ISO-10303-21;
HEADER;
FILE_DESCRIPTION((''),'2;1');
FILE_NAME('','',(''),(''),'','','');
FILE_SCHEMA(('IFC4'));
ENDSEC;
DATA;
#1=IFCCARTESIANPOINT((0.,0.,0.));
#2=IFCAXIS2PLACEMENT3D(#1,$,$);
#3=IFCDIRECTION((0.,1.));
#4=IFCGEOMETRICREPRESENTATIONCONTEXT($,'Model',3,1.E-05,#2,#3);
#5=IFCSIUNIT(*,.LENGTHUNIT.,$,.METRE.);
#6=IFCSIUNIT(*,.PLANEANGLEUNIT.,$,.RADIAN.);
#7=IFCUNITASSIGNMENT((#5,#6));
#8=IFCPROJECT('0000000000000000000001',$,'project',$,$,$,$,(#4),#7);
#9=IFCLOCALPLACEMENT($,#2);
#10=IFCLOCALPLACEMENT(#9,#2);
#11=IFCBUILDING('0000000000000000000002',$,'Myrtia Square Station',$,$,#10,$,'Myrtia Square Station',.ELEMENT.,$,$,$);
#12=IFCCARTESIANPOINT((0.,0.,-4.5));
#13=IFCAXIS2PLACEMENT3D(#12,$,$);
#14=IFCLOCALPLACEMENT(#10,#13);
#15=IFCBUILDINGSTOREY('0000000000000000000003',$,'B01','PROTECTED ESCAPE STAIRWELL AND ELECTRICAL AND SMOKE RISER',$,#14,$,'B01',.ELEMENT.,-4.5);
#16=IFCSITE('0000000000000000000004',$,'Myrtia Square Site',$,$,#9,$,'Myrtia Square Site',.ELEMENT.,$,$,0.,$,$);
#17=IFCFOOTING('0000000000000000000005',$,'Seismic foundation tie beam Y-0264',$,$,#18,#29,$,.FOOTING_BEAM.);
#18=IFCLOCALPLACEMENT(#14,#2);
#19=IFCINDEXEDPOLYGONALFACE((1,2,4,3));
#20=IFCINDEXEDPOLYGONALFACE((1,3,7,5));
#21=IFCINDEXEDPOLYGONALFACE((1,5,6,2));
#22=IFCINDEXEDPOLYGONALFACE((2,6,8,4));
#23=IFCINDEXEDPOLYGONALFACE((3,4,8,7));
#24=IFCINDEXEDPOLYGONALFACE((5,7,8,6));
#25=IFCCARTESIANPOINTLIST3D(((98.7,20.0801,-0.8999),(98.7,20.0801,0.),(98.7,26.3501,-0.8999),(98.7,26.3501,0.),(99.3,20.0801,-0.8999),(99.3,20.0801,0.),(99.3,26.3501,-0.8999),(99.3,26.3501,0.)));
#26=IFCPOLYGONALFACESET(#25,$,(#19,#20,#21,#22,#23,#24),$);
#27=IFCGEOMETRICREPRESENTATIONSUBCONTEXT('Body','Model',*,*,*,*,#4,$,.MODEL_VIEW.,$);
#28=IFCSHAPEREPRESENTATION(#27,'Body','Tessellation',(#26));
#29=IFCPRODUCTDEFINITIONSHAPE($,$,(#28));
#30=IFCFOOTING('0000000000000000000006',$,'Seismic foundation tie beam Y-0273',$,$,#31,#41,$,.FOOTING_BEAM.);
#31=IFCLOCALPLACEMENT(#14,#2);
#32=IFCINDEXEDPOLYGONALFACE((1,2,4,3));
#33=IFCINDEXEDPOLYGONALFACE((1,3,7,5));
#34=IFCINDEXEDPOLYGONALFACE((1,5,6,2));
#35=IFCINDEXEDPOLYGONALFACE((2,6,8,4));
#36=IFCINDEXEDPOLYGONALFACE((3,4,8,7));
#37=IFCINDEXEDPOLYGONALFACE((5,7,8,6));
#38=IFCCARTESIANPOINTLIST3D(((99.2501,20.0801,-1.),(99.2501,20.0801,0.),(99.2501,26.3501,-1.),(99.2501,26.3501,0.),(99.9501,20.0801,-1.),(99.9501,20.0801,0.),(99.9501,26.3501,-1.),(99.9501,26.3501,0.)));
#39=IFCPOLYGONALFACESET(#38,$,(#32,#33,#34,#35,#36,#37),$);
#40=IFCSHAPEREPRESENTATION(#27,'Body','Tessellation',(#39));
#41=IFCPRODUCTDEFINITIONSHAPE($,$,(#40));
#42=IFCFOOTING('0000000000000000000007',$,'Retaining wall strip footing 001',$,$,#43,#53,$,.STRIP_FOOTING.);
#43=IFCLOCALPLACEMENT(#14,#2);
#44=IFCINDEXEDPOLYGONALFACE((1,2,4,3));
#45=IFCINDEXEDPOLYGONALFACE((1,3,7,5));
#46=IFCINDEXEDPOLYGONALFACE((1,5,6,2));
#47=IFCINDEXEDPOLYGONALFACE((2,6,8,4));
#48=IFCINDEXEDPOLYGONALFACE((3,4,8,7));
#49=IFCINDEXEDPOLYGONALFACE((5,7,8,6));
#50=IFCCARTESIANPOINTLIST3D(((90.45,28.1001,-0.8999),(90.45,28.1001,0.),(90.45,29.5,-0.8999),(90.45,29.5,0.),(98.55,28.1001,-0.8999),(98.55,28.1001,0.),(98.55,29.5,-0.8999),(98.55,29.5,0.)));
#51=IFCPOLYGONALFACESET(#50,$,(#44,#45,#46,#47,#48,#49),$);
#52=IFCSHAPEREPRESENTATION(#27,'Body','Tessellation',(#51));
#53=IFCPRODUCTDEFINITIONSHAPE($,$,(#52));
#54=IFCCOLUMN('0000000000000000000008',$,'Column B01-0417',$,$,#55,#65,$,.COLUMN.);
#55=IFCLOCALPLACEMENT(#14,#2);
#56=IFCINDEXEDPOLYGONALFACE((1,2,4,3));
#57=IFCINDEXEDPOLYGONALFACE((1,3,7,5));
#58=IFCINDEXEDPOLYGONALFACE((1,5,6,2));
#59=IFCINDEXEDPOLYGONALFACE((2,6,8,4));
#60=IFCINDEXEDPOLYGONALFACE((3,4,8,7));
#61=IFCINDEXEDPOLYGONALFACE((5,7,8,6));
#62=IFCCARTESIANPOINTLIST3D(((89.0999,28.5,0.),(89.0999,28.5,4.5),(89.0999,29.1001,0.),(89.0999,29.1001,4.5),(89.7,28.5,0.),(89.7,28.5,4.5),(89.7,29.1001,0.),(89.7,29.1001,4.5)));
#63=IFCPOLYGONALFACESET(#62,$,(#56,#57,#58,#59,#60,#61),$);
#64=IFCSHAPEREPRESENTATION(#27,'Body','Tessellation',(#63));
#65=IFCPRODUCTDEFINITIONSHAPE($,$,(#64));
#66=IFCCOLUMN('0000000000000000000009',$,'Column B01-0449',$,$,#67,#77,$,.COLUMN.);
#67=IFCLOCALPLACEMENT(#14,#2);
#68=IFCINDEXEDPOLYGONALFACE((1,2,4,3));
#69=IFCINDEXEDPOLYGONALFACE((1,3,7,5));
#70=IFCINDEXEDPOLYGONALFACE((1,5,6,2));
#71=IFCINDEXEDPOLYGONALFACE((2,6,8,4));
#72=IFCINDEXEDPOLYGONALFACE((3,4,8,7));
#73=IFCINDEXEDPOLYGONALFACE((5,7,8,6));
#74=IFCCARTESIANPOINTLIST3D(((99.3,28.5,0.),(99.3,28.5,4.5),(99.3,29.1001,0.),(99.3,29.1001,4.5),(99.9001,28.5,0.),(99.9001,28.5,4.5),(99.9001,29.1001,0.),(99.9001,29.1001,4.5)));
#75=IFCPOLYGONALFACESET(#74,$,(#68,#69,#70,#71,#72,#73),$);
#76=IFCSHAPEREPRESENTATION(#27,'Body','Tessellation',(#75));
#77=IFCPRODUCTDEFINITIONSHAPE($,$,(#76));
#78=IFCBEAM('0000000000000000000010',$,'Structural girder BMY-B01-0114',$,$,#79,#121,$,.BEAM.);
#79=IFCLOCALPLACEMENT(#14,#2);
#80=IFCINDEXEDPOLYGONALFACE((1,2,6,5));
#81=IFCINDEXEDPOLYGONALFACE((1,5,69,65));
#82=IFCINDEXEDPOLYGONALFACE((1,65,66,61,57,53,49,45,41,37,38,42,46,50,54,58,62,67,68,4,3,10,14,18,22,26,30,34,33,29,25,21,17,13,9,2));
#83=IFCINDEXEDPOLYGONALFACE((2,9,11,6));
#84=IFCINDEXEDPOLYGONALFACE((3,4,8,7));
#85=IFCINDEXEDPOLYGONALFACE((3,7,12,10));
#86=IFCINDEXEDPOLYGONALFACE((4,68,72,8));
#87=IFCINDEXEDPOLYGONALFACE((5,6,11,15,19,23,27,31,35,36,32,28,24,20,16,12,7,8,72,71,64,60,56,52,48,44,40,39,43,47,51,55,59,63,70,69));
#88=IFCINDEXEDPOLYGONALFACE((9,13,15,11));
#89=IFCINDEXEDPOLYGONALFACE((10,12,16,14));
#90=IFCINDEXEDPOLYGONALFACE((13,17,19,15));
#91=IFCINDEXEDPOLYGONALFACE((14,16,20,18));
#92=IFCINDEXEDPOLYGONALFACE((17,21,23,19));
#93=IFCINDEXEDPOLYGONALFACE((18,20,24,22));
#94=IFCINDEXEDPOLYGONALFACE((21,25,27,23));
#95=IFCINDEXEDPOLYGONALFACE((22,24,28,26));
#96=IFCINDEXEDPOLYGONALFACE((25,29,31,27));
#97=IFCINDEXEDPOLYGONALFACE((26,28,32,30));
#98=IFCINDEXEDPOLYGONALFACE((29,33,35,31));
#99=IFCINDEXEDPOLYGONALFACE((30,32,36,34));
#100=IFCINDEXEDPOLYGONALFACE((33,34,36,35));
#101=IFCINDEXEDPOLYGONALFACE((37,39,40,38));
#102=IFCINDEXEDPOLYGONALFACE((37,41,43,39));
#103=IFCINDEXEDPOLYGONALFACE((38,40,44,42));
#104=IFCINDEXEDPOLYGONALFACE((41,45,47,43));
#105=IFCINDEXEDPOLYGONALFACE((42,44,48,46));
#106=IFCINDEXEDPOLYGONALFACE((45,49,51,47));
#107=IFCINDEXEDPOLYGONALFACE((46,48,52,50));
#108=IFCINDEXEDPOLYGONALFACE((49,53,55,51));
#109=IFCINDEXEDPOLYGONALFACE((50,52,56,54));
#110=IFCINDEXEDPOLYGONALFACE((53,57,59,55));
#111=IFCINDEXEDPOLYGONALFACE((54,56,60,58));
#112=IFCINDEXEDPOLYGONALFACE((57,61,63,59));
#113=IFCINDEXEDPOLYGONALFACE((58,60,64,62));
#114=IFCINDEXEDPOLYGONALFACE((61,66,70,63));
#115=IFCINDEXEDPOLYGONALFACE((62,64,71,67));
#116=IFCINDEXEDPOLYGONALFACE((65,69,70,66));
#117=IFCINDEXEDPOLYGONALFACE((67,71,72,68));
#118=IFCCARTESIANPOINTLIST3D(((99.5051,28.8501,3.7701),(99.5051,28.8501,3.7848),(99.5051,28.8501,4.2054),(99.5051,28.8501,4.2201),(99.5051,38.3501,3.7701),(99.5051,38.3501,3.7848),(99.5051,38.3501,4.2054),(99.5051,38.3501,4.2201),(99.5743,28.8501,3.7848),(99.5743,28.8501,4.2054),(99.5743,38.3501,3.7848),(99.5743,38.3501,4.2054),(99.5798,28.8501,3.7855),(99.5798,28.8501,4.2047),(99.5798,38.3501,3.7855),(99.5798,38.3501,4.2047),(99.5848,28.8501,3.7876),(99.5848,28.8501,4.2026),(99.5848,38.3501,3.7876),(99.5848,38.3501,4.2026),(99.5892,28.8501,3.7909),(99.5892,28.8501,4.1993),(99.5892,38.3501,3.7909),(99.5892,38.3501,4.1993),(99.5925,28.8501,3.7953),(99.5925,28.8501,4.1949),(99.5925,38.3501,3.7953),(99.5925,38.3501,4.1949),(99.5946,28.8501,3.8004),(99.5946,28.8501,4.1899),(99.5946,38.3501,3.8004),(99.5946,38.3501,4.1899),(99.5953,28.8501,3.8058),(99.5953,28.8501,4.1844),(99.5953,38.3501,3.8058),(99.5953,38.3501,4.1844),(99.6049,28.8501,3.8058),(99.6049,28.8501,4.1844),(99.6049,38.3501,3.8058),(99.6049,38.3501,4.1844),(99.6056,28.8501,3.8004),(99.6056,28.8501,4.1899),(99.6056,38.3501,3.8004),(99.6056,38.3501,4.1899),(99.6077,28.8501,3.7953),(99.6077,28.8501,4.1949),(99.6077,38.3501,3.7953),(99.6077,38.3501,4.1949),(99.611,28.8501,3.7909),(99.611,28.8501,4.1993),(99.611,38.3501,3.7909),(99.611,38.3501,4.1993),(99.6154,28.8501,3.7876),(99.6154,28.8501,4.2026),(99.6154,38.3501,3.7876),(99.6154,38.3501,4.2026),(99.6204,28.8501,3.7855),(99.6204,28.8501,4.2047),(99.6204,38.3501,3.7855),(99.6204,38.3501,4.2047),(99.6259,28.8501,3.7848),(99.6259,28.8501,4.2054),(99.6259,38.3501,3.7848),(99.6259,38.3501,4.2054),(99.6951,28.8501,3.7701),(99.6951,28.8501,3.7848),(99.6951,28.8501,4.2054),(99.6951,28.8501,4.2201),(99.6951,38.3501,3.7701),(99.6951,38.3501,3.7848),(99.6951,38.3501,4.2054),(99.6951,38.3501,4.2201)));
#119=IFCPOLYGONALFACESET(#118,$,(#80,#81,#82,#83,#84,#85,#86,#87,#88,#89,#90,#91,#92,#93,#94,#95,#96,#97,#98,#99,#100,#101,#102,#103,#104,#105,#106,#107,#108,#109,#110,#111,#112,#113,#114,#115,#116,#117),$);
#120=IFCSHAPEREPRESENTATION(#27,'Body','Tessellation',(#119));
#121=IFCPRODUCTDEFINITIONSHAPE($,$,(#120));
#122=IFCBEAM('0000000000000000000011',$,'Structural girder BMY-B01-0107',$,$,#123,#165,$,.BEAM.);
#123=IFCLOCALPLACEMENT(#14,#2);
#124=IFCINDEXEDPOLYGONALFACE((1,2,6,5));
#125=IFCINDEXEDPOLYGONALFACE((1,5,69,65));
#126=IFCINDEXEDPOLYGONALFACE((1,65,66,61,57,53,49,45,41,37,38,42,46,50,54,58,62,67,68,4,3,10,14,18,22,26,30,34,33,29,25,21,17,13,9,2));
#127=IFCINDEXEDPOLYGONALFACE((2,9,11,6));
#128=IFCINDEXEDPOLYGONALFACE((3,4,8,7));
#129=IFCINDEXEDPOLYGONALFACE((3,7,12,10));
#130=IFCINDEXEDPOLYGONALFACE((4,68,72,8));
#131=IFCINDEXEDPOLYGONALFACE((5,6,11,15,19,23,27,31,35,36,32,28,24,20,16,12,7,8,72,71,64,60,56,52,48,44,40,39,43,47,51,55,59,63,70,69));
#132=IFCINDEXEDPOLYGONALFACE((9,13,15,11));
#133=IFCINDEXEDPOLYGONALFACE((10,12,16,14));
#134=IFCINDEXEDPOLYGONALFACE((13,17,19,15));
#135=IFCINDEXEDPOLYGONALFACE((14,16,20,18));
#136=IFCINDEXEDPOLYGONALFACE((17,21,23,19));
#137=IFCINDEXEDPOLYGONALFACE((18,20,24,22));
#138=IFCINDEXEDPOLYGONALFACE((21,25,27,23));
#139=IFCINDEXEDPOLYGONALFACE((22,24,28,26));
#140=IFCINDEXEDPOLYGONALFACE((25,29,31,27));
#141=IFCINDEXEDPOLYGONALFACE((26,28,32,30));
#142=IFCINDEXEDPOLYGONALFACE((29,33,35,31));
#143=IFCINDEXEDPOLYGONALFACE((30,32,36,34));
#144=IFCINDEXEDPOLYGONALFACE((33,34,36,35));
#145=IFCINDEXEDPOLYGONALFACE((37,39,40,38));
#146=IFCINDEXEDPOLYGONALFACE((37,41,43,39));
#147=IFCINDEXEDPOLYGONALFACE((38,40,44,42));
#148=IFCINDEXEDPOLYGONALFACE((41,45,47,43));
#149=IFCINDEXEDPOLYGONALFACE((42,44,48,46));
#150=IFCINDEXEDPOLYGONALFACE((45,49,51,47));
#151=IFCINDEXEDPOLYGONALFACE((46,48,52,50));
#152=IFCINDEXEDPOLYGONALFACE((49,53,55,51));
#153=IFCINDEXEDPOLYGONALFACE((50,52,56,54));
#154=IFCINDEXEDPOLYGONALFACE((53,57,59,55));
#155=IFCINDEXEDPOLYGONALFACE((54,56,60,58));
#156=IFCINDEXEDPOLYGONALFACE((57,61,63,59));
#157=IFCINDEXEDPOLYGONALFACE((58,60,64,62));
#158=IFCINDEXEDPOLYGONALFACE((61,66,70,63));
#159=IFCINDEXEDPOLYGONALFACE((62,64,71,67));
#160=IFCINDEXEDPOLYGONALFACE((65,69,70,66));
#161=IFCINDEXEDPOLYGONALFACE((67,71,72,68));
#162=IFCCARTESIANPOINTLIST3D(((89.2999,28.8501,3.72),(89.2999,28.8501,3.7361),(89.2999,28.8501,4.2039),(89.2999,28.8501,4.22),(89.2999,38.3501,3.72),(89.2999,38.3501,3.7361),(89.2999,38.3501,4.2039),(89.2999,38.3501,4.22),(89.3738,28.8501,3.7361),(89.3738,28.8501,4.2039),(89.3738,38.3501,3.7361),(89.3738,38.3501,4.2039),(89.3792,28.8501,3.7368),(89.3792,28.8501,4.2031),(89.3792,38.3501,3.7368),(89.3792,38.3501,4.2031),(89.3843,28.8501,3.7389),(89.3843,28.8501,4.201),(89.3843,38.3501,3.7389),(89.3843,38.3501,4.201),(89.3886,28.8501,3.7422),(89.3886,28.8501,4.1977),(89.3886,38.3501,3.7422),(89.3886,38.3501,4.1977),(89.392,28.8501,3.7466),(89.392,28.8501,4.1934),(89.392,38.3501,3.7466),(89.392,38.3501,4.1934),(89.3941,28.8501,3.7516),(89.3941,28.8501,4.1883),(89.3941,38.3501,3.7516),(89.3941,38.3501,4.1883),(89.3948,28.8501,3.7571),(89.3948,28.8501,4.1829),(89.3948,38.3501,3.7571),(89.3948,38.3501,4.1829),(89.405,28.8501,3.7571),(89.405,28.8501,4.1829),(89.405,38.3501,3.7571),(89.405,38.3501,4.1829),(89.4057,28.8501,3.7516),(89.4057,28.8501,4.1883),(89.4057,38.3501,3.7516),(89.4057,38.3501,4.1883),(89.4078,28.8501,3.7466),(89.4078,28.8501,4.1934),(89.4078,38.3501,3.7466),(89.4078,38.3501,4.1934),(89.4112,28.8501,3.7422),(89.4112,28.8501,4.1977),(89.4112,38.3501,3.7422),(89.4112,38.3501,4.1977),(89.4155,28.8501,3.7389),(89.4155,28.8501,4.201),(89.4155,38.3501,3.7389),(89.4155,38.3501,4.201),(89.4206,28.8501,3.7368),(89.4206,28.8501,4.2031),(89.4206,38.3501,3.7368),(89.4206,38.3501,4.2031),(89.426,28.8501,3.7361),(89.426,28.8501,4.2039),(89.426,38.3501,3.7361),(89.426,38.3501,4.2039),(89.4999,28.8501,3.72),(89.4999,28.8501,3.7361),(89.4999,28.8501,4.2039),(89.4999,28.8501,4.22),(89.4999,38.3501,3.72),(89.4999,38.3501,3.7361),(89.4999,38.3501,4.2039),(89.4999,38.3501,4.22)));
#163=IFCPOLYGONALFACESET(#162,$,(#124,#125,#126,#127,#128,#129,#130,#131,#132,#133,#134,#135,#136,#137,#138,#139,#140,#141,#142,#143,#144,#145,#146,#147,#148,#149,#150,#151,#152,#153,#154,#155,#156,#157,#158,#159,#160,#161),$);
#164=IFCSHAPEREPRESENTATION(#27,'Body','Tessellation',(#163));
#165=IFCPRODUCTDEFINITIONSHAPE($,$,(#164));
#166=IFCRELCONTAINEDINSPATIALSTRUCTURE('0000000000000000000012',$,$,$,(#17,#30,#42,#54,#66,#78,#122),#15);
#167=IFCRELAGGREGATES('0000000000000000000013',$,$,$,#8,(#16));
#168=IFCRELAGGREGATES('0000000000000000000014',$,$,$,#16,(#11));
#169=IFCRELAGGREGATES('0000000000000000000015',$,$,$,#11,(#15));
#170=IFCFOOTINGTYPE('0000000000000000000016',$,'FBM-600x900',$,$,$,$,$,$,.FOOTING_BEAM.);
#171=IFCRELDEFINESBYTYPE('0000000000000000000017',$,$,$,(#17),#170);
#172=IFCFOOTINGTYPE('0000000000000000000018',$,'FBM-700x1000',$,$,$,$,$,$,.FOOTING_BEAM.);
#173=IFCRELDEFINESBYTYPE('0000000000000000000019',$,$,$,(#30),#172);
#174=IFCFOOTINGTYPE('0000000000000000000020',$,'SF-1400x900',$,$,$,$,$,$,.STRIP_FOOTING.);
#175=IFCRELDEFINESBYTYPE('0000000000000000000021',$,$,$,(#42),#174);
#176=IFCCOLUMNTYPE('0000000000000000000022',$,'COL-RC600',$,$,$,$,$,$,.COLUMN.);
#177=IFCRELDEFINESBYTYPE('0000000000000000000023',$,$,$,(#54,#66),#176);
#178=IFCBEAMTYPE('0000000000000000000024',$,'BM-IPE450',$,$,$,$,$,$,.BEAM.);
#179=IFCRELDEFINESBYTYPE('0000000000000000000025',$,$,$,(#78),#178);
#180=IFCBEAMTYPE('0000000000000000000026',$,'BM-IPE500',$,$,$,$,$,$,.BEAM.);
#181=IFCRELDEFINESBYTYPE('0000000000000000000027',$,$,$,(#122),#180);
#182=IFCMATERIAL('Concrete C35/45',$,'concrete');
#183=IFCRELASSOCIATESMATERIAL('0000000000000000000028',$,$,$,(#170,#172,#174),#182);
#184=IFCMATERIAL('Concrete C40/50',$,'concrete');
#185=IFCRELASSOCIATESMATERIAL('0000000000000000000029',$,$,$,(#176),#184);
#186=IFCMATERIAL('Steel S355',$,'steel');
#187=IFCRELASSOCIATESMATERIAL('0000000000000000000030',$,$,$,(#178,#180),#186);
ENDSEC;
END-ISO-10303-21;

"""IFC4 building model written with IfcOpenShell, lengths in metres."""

from ifc_helpers import new_model, si_unit, direction, frame, origin, origin_2d, place, context, subcontext, project, spatial, rectangle, i_section, extrude, material, material_profile, profile_set, type_object, element, save


model = new_model("IFC4")

# Units and contexts
model_context = context("Model", 3, precision=1e-05, world=origin(), true_north=direction((0.0, 1.0)))
body_context = subcontext(model_context, "Body", "Model", "MODEL_VIEW")
ifc_project = project(units=[si_unit("LENGTHUNIT", "METRE"), si_unit("PLANEANGLEUNIT", "RADIAN")], contexts=[model_context])

# Site, building, storey
site_placement = place(None, origin())
site = spatial("IfcSite", under=ifc_project, at=site_placement, Name="Myrtia Square Site", LongName="Myrtia Square Site", CompositionType="ELEMENT", RefElevation=0.0)
building_placement = place(site_placement, origin())
building = spatial("IfcBuilding", under=site, at=building_placement, Name="Myrtia Square Station", LongName="Myrtia Square Station", CompositionType="ELEMENT")
storey_placement = place(building_placement, frame((0.0, 0.0, -4.5)))
storey = spatial("IfcBuildingStorey", under=building, at=storey_placement, Name="B01", Description="PROTECTED ESCAPE STAIRWELL AND ELECTRICAL AND SMOKE RISER", LongName="B01", CompositionType="ELEMENT", Elevation=-4.5)

# Footings
ifc_material_1 = material(Name="Concrete C35/45", Category="concrete")
ifc_material_profile_1 = material_profile(ifc_material_1, rectangle(XDim=0.6001, YDim=0.8999, at=origin_2d()), Name="FB 600x900")
ifc_profile_set_1 = profile_set([ifc_material_profile_1], Name="Concrete C35/45")
footing_type_1 = type_object("IfcFootingType", Name="FBM-600x900", PredefinedType="FOOTING_BEAM", material=ifc_profile_set_1)
footing_1_placement = place(storey_placement, frame((99.0, 20.0801, -0.45), z_axis=(0.0, 1.0, 0.0), x_axis=(-1.0, 0.0, 0.0)))
element("IfcFooting", 1, at=footing_1_placement, inside=storey, type_object=footing_type_1, Name="Seismic foundation tie beam Y-0264", PredefinedType="FOOTING_BEAM", context=body_context, shape_type="SweptSolid", body=[
    extrude(rectangle(XDim=0.6001, YDim=0.8999, at=origin_2d()), origin(), (0.0, 0.0, 1.0), 6.27),
])
ifc_material_profile_2 = material_profile(ifc_material_1, rectangle(XDim=0.7, YDim=1.0, at=origin_2d()), Name="FB 700x1000")
ifc_profile_set_2 = profile_set([ifc_material_profile_2], Name="Concrete C35/45")
footing_type_2 = type_object("IfcFootingType", Name="FBM-700x1000", PredefinedType="FOOTING_BEAM", material=ifc_profile_set_2)
footing_2_placement = place(storey_placement, frame((99.6001, 20.0801, -0.5), z_axis=(0.0, 1.0, 0.0), x_axis=(-1.0, 0.0, 0.0)))
element("IfcFooting", 2, at=footing_2_placement, inside=storey, type_object=footing_type_2, Name="Seismic foundation tie beam Y-0273", PredefinedType="FOOTING_BEAM", context=body_context, shape_type="SweptSolid", body=[
    extrude(rectangle(XDim=0.7, YDim=1.0, at=origin_2d()), origin(), (0.0, 0.0, 1.0), 6.27),
])
footing_type_3 = type_object("IfcFootingType", Name="SF-1400x900", PredefinedType="STRIP_FOOTING", material=ifc_material_1)
footing_3_placement = place(storey_placement, frame((94.5, 28.8, -0.8999), z_axis=(0.0, 0.0, 1.0), x_axis=(1.0, 0.0, 0.0)))
element("IfcFooting", 3, at=footing_3_placement, inside=storey, type_object=footing_type_3, Name="Retaining wall strip footing 001", PredefinedType="STRIP_FOOTING", context=body_context, shape_type="SweptSolid", body=[
    extrude(rectangle(XDim=8.1001, YDim=1.3999, at=origin_2d()), origin(), (0.0, 0.0, 1.0), 0.8999),
])

# Columns
ifc_material_2 = material(Name="Concrete C40/50", Category="concrete")
ifc_material_profile_3 = material_profile(ifc_material_2, rectangle(XDim=0.6001, YDim=0.6001, at=origin_2d()), Name="RC 600x600")
ifc_profile_set_3 = profile_set([ifc_material_profile_3], Name="Concrete C40/50")
column_type = type_object("IfcColumnType", Name="COL-RC600", PredefinedType="COLUMN", material=ifc_profile_set_3)
for number, where, z_axis, x_axis, name in (
    (4, (89.3999, 28.8, 0.0), (0.0, 0.0, 1.0), (1.0, 0.0, 0.0), "Column B01-0417"),
    (5, (99.6001, 28.8, 0.0), (0.0, 0.0, 1.0), (1.0, 0.0, 0.0), "Column B01-0449"),
):
    element("IfcColumn", number, at=place(storey_placement, frame(where, z_axis=z_axis, x_axis=x_axis)), inside=storey, type_object=column_type, Name=name, PredefinedType="COLUMN", context=body_context, shape_type="SweptSolid", body=[
        extrude(rectangle(XDim=0.6001, YDim=0.6001, at=origin_2d()), origin(), (0.0, 0.0, 1.0), 4.5),
    ])

# Beams
ifc_material_3 = material(Name="Steel S355", Category="steel")
ifc_material_profile_4 = material_profile(ifc_material_3, i_section(OverallWidth=0.1899, OverallDepth=0.45, WebThickness=0.0095, FlangeThickness=0.0146, FilletRadius=0.021, at=origin_2d()), Name="IPE 450")
ifc_profile_set_4 = profile_set([ifc_material_profile_4], Name="Steel S355")
beam_type_1 = type_object("IfcBeamType", Name="BM-IPE450", PredefinedType="BEAM", material=ifc_profile_set_4)
beam_1_placement = place(storey_placement, frame((99.6001, 28.8501, 3.9951), z_axis=(0.0, 1.0, 0.0), x_axis=(-1.0, 0.0, 0.0)))
element("IfcBeam", 6, at=beam_1_placement, inside=storey, type_object=beam_type_1, Name="Structural girder BMY-B01-0114", PredefinedType="BEAM", context=body_context, shape_type="SweptSolid", body=[
    extrude(i_section(OverallWidth=0.1899, OverallDepth=0.45, WebThickness=0.0095, FlangeThickness=0.0146, FilletRadius=0.021, at=origin_2d()), origin(), (0.0, 0.0, 1.0), 9.5),
])
ifc_material_profile_5 = material_profile(ifc_material_3, i_section(OverallWidth=0.2, OverallDepth=0.5, WebThickness=0.0103, FlangeThickness=0.0161, FilletRadius=0.021, at=origin_2d()), Name="IPE 500")
ifc_profile_set_5 = profile_set([ifc_material_profile_5], Name="Steel S355")
beam_type_2 = type_object("IfcBeamType", Name="BM-IPE500", PredefinedType="BEAM", material=ifc_profile_set_5)
beam_2_placement = place(storey_placement, frame((89.3999, 28.8501, 3.97), z_axis=(0.0, 1.0, 0.0), x_axis=(-1.0, 0.0, 0.0)))
element("IfcBeam", 7, at=beam_2_placement, inside=storey, type_object=beam_type_2, Name="Structural girder BMY-B01-0107", PredefinedType="BEAM", context=body_context, shape_type="SweptSolid", body=[
    extrude(i_section(OverallWidth=0.2, OverallDepth=0.5, WebThickness=0.0103, FlangeThickness=0.0161, FilletRadius=0.021, at=origin_2d()), origin(), (0.0, 0.0, 1.0), 9.5),
])

save(model, "model.ifc")
